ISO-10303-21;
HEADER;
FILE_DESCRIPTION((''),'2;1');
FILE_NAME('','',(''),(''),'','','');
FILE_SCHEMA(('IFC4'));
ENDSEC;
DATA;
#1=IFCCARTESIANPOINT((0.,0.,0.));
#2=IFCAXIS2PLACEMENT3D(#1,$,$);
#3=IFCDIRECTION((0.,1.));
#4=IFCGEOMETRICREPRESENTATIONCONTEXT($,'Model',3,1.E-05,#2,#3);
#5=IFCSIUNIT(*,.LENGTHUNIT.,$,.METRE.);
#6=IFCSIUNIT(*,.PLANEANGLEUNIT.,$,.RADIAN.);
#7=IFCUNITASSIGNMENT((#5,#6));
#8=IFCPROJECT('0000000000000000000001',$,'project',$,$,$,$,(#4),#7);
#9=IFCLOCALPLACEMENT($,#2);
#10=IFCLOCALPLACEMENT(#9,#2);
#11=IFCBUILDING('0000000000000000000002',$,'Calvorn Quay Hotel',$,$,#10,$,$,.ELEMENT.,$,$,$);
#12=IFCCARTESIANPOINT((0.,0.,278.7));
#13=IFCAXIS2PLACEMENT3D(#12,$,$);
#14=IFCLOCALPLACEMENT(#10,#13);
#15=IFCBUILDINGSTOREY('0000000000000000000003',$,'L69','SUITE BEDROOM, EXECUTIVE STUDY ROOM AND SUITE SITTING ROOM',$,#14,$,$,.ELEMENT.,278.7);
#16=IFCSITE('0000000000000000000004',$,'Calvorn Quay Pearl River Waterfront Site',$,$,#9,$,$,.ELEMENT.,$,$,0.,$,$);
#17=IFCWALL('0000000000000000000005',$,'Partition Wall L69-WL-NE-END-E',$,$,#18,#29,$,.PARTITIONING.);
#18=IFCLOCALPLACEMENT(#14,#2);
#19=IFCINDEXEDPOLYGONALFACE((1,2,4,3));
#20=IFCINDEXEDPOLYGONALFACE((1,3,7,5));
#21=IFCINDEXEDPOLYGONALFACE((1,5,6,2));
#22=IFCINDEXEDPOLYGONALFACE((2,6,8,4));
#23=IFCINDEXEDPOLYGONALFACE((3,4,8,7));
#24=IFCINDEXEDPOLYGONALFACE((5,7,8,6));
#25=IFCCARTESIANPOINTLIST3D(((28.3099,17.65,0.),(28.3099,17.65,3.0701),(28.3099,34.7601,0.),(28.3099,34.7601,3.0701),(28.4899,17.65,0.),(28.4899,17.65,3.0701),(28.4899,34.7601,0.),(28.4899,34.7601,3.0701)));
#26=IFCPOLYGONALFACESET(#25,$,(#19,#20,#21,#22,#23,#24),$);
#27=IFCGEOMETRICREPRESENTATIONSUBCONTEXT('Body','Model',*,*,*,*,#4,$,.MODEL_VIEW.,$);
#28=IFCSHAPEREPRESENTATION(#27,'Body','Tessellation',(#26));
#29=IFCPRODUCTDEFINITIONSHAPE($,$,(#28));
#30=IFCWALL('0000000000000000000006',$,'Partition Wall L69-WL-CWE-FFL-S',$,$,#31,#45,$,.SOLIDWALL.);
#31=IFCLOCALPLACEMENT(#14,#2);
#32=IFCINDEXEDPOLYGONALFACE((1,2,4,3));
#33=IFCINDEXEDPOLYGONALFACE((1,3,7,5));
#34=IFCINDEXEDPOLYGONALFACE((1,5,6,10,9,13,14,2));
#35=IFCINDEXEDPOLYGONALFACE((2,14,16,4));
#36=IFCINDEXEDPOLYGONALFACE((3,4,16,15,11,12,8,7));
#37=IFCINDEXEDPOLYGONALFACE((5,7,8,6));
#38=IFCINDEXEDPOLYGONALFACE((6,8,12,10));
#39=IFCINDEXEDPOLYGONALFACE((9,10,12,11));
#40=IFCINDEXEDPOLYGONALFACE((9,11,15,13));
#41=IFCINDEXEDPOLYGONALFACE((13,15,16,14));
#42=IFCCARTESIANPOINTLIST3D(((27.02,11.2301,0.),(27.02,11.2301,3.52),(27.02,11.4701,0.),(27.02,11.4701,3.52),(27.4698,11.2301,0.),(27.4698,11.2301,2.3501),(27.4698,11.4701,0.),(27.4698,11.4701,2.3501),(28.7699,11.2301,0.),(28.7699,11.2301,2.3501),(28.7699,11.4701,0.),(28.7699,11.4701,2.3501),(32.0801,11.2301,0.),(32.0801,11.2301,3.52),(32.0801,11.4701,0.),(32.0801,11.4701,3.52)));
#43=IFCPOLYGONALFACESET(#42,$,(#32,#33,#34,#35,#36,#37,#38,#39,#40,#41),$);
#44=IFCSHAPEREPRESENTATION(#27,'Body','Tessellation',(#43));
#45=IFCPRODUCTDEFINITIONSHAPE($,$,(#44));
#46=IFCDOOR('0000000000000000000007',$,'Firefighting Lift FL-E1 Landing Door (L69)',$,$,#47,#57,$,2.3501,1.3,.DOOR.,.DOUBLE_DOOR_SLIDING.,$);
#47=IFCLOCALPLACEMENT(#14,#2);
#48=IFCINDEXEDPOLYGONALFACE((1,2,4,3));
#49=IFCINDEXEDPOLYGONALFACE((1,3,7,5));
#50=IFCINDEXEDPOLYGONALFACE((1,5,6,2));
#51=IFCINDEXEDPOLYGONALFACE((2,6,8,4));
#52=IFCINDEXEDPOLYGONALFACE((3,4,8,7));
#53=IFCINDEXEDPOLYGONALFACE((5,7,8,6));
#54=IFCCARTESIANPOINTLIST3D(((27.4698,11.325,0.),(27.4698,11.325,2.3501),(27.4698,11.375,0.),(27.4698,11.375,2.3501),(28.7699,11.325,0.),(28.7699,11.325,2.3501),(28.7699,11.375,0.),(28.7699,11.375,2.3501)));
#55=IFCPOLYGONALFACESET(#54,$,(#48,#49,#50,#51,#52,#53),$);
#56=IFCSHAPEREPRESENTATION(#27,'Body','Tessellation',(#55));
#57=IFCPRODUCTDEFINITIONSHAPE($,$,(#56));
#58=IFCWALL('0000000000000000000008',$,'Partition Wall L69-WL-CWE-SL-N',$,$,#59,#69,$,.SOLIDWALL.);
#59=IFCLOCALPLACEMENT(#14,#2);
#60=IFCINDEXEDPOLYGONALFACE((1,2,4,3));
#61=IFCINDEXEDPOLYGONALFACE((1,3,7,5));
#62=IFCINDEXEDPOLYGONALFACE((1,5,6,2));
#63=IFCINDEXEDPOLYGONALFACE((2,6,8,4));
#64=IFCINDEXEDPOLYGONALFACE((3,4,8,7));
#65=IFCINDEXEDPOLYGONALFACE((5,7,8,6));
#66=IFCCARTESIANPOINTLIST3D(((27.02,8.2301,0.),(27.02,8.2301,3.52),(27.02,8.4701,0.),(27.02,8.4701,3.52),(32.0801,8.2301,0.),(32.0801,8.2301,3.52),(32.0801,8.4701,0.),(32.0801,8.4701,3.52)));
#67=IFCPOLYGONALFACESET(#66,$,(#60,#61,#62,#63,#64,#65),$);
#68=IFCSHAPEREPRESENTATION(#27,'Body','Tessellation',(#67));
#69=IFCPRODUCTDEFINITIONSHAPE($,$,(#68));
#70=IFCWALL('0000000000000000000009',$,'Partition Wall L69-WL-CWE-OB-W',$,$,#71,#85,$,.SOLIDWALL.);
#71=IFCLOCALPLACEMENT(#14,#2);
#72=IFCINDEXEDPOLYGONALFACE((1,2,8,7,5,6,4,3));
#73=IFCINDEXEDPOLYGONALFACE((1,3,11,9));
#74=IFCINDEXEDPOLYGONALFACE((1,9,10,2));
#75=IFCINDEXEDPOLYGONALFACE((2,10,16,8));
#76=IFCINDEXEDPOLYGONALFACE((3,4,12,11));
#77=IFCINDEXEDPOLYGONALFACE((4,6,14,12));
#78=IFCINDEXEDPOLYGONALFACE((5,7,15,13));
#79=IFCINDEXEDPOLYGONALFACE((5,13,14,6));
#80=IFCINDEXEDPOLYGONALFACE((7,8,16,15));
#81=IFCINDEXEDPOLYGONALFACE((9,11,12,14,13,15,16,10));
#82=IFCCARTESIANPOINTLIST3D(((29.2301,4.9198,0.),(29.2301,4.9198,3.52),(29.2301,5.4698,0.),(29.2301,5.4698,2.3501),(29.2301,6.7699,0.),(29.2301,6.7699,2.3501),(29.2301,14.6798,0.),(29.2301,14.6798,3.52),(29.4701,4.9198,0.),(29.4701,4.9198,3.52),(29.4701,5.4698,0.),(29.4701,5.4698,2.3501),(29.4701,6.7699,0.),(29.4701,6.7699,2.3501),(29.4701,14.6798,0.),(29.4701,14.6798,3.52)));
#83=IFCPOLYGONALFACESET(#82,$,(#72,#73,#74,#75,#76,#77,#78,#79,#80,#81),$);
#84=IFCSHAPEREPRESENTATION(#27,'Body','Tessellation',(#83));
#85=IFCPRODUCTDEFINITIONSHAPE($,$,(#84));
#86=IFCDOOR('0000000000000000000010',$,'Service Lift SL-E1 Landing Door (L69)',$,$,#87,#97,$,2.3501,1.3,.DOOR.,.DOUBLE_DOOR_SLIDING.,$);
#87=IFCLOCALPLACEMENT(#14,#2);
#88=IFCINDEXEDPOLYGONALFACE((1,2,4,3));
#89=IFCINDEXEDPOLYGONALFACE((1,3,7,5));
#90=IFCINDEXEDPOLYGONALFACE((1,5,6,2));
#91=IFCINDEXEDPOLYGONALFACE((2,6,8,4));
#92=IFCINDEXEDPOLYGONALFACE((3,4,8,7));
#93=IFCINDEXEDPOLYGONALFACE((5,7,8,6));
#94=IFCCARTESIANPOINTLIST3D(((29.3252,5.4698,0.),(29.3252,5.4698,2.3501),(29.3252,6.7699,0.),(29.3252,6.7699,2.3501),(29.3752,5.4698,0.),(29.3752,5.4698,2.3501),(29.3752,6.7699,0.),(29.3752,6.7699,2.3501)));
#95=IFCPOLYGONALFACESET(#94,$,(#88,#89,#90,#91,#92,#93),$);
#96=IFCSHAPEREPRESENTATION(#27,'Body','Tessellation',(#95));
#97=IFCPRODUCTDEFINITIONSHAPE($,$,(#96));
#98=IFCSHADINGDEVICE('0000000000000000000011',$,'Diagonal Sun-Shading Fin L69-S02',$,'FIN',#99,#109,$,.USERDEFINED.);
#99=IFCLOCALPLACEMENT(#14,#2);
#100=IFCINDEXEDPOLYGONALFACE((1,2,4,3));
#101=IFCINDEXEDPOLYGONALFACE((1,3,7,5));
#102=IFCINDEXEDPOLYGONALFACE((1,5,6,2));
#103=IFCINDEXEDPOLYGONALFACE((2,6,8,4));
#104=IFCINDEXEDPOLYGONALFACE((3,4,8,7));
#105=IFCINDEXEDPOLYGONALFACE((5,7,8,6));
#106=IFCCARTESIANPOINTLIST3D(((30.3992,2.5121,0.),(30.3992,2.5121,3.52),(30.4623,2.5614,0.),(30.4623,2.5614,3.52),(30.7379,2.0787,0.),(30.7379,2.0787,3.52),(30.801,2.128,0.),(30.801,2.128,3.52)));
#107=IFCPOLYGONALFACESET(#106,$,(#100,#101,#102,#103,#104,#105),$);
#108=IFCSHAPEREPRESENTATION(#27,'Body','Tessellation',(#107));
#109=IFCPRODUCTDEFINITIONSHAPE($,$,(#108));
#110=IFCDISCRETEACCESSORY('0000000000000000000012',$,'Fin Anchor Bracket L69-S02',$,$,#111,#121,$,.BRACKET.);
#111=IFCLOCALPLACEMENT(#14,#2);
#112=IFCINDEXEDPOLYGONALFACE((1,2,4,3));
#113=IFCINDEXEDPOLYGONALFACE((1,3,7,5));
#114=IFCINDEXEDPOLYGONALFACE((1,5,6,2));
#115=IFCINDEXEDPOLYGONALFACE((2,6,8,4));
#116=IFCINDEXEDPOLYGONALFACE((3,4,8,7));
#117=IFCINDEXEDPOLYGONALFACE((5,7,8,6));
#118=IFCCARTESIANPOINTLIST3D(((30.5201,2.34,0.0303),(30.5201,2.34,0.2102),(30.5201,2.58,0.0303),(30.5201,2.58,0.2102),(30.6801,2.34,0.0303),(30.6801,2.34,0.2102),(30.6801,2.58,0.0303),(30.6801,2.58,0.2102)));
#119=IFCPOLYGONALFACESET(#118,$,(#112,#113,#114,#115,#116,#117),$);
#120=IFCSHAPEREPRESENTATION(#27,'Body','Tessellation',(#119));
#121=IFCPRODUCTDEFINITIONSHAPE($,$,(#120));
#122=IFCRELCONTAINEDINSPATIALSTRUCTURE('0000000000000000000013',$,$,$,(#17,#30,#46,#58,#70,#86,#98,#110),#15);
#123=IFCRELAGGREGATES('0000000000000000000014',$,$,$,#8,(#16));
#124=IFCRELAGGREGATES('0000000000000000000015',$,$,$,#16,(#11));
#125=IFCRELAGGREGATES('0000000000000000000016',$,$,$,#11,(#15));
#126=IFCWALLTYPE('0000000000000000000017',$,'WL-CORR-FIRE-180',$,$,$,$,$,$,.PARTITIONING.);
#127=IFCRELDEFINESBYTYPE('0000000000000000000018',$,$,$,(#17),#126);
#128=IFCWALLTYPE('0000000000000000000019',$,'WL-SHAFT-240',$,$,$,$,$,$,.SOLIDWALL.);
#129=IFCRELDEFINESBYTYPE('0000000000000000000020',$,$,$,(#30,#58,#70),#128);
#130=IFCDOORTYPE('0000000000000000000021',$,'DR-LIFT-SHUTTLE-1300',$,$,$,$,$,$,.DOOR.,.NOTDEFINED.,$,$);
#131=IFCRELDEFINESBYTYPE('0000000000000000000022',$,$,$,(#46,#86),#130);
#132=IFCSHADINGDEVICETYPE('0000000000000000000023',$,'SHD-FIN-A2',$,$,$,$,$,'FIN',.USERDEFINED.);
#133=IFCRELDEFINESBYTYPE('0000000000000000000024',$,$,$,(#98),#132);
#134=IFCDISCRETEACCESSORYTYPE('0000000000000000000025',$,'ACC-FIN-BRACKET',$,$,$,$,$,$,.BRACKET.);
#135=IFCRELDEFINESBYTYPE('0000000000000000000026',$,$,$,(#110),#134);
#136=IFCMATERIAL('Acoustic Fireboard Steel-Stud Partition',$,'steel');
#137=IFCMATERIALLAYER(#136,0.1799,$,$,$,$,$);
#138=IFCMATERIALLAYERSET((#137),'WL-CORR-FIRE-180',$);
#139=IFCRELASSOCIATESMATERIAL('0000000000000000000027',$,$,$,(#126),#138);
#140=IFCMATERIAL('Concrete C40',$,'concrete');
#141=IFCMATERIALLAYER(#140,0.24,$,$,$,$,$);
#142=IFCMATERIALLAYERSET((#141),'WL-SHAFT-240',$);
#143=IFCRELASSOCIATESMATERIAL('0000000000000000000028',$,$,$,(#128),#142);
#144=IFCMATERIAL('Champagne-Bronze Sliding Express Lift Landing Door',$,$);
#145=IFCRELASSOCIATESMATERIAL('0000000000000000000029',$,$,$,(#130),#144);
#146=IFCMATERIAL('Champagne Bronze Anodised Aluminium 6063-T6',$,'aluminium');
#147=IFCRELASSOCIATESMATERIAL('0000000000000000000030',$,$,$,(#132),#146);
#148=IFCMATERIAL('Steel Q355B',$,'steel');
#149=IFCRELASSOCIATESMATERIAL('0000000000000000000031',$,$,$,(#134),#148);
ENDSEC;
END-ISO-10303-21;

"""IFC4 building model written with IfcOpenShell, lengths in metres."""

from ifc_helpers import new_model, si_unit, direction, frame, frame_2d, origin, origin_2d, place, context, subcontext, project, spatial, rectangle, extrude, material, layer, layer_set, type_object, element, fill, save


model = new_model("IFC4")

# Units and contexts
model_context = context("Model", 3, precision=1e-05, world=origin(), true_north=direction((0.0, 1.0)))
body_context = subcontext(model_context, "Body", "Model", "MODEL_VIEW")
ifc_project = project(units=[si_unit("LENGTHUNIT", "METRE"), si_unit("PLANEANGLEUNIT", "RADIAN")], contexts=[model_context])

# Site, building, storey
site_placement = place(None, origin())
site = spatial("IfcSite", under=ifc_project, at=site_placement, Name="Calvorn Quay Pearl River Waterfront Site", CompositionType="ELEMENT", RefElevation=0.0)
building_placement = place(site_placement, origin())
building = spatial("IfcBuilding", under=site, at=building_placement, Name="Calvorn Quay Hotel", CompositionType="ELEMENT")
storey_placement = place(building_placement, frame((0.0, 0.0, 278.7)))
storey = spatial("IfcBuildingStorey", under=building, at=storey_placement, Name="L69", Description="SUITE BEDROOM, EXECUTIVE STUDY ROOM AND SUITE SITTING ROOM", CompositionType="ELEMENT", Elevation=278.7)

# Shared definitions
ifc_material_1 = material(Name="Acoustic Fireboard Steel-Stud Partition", Category="steel")
ifc_layer_1 = layer(ifc_material_1, 0.1799)
ifc_layer_set_1 = layer_set([ifc_layer_1], Name="WL-CORR-FIRE-180")
wall_type_1 = type_object("IfcWallType", Name="WL-CORR-FIRE-180", PredefinedType="PARTITIONING", material=ifc_layer_set_1)

# Wall
wall_1_placement = place(storey_placement, frame((28.3999, 17.6499, 0.0), z_axis=(0.0, 0.0, 1.0), x_axis=(0.0, 1.0, 0.0)))
element("IfcWall", 1, at=wall_1_placement, inside=storey, type_object=wall_type_1, Name="Partition Wall L69-WL-NE-END-E", PredefinedType="PARTITIONING", context=body_context, shape_type="SweptSolid", body=[
    extrude(rectangle(XDim=17.1101, YDim=0.1799, at=frame_2d((8.5552, 0.0))), origin(), (0.0, 0.0, 1.0), 3.0701),
])

# Wall, opening, door
ifc_material_2 = material(Name="Concrete C40", Category="concrete")
ifc_layer_2 = layer(ifc_material_2, 0.24)
ifc_layer_set_2 = layer_set([ifc_layer_2], Name="WL-SHAFT-240")
wall_type_2 = type_object("IfcWallType", Name="WL-SHAFT-240", PredefinedType="SOLIDWALL", material=ifc_layer_set_2)
wall_2_placement = place(storey_placement, frame((27.02, 11.3501, 0.0), z_axis=(0.0, 0.0, 1.0), x_axis=(1.0, 0.0, 0.0)))
wall_2 = element("IfcWall", 2, at=wall_2_placement, inside=storey, type_object=wall_type_2, Name="Partition Wall L69-WL-CWE-FFL-S", PredefinedType="SOLIDWALL", context=body_context, shape_type="SweptSolid", body=[
    extrude(rectangle(XDim=5.0601, YDim=0.24, at=frame_2d((2.53, 0.0))), origin(), (0.0, 0.0, 1.0), 3.52),
])
opening_1_placement = place(wall_2_placement, frame((0.45, 0.0, 0.0)))
opening_1 = element("IfcOpeningElement", 3, at=opening_1_placement, cuts=wall_2, PredefinedType="OPENING", context=body_context, shape_type="SweptSolid", body=[
    extrude(rectangle(XDim=1.3, YDim=2.3501, at=frame_2d((0.6499, 1.175))), frame((0.0, 0.1299, 0.0), z_axis=(0.0, -1.0, 0.0), x_axis=(1.0, 0.0, 0.0)), (0.0, 0.0, 1.0), 0.26),
])
ifc_material_3 = material(Name="Champagne-Bronze Sliding Express Lift Landing Door")
door_type_1 = type_object("IfcDoorType", Name="DR-LIFT-SHUTTLE-1300", OperationType="NOTDEFINED", PredefinedType="DOOR", material=ifc_material_3)
door_1_placement = place(opening_1_placement, origin())
door_1 = element("IfcDoor", 4, at=door_1_placement, inside=storey, type_object=door_type_1, Name="Firefighting Lift FL-E1 Landing Door (L69)", OperationType="DOUBLE_DOOR_SLIDING", OverallHeight=2.3501, OverallWidth=1.3, PredefinedType="DOOR", context=body_context, shape_type="SweptSolid", body=[
    extrude(rectangle(XDim=1.3, YDim=2.3501, at=frame_2d((0.6499, 1.175))), frame((0.0, 0.0249, 0.0), z_axis=(0.0, -1.0, 0.0), x_axis=(1.0, 0.0, 0.0)), (0.0, 0.0, 1.0), 0.05),
])
fill(opening_1, door_1)

# Wall
wall_3_placement = place(storey_placement, frame((27.02, 8.3501, 0.0), z_axis=(0.0, 0.0, 1.0), x_axis=(1.0, 0.0, 0.0)))
element("IfcWall", 5, at=wall_3_placement, inside=storey, type_object=wall_type_2, Name="Partition Wall L69-WL-CWE-SL-N", PredefinedType="SOLIDWALL", context=body_context, shape_type="SweptSolid", body=[
    extrude(rectangle(XDim=5.0601, YDim=0.24, at=frame_2d((2.53, 0.0))), origin(), (0.0, 0.0, 1.0), 3.52),
])

# Wall, opening, door
wall_4_placement = place(storey_placement, frame((29.3501, 4.9199, 0.0), z_axis=(0.0, 0.0, 1.0), x_axis=(0.0, 1.0, 0.0)))
wall_4 = element("IfcWall", 6, at=wall_4_placement, inside=storey, type_object=wall_type_2, Name="Partition Wall L69-WL-CWE-OB-W", PredefinedType="SOLIDWALL", context=body_context, shape_type="SweptSolid", body=[
    extrude(rectangle(XDim=9.76, YDim=0.24, at=frame_2d((4.8799, 0.0))), origin(), (0.0, 0.0, 1.0), 3.52),
])
opening_2_placement = place(wall_4_placement, frame((0.55, 0.0, 0.0)))
opening_2 = element("IfcOpeningElement", 7, at=opening_2_placement, cuts=wall_4, PredefinedType="OPENING", context=body_context, shape_type="SweptSolid", body=[
    extrude(rectangle(XDim=1.3, YDim=2.3501, at=frame_2d((0.6499, 1.175))), frame((0.0, 0.1299, 0.0), z_axis=(0.0, -1.0, 0.0), x_axis=(1.0, 0.0, 0.0)), (0.0, 0.0, 1.0), 0.26),
])
door_2_placement = place(opening_2_placement, origin())
door_2 = element("IfcDoor", 8, at=door_2_placement, inside=storey, type_object=door_type_1, Name="Service Lift SL-E1 Landing Door (L69)", OperationType="DOUBLE_DOOR_SLIDING", OverallHeight=2.3501, OverallWidth=1.3, PredefinedType="DOOR", context=body_context, shape_type="SweptSolid", body=[
    extrude(rectangle(XDim=1.3, YDim=2.3501, at=frame_2d((0.6499, 1.175))), frame((0.0, 0.0249, 0.0), z_axis=(0.0, -1.0, 0.0), x_axis=(1.0, 0.0, 0.0)), (0.0, 0.0, 1.0), 0.05),
])
fill(opening_2, door_2)

# Shading device
ifc_material_4 = material(Name="Champagne Bronze Anodised Aluminium 6063-T6", Category="aluminium")
shading_device_type = type_object("IfcShadingDeviceType", Name="SHD-FIN-A2", ElementType="FIN", PredefinedType="USERDEFINED", material=ifc_material_4)
shading_device_placement = place(storey_placement, frame((30.6001, 2.3201, 0.0), z_axis=(0.0, 0.0, 1.0), x_axis=(-0.615661, 0.788011, 0.0)))
element("IfcShadingDevice", 9, at=shading_device_placement, inside=storey, type_object=shading_device_type, Name="Diagonal Sun-Shading Fin L69-S02", ObjectType="FIN", PredefinedType="USERDEFINED", context=body_context, shape_type="SweptSolid", body=[
    extrude(rectangle(XDim=0.55, YDim=0.0801, at=origin_2d()), origin(), (0.0, 0.0, 1.0), 3.52),
])

# Discrete accessory
ifc_material_5 = material(Name="Steel Q355B", Category="steel")
discrete_accessory_type = type_object("IfcDiscreteAccessoryType", Name="ACC-FIN-BRACKET", PredefinedType="BRACKET", material=ifc_material_5)
discrete_accessory_placement = place(storey_placement, frame((30.6001, 2.46, 0.0303), z_axis=(0.0, 0.0, 1.0), x_axis=(0.0, 1.0, 0.0)))
element("IfcDiscreteAccessory", 10, at=discrete_accessory_placement, inside=storey, type_object=discrete_accessory_type, Name="Fin Anchor Bracket L69-S02", PredefinedType="BRACKET", context=body_context, shape_type="SweptSolid", body=[
    extrude(rectangle(XDim=0.24, YDim=0.1599, at=origin_2d()), origin(), (0.0, 0.0, 1.0), 0.1799),
])

save(model, "model.ifc")
